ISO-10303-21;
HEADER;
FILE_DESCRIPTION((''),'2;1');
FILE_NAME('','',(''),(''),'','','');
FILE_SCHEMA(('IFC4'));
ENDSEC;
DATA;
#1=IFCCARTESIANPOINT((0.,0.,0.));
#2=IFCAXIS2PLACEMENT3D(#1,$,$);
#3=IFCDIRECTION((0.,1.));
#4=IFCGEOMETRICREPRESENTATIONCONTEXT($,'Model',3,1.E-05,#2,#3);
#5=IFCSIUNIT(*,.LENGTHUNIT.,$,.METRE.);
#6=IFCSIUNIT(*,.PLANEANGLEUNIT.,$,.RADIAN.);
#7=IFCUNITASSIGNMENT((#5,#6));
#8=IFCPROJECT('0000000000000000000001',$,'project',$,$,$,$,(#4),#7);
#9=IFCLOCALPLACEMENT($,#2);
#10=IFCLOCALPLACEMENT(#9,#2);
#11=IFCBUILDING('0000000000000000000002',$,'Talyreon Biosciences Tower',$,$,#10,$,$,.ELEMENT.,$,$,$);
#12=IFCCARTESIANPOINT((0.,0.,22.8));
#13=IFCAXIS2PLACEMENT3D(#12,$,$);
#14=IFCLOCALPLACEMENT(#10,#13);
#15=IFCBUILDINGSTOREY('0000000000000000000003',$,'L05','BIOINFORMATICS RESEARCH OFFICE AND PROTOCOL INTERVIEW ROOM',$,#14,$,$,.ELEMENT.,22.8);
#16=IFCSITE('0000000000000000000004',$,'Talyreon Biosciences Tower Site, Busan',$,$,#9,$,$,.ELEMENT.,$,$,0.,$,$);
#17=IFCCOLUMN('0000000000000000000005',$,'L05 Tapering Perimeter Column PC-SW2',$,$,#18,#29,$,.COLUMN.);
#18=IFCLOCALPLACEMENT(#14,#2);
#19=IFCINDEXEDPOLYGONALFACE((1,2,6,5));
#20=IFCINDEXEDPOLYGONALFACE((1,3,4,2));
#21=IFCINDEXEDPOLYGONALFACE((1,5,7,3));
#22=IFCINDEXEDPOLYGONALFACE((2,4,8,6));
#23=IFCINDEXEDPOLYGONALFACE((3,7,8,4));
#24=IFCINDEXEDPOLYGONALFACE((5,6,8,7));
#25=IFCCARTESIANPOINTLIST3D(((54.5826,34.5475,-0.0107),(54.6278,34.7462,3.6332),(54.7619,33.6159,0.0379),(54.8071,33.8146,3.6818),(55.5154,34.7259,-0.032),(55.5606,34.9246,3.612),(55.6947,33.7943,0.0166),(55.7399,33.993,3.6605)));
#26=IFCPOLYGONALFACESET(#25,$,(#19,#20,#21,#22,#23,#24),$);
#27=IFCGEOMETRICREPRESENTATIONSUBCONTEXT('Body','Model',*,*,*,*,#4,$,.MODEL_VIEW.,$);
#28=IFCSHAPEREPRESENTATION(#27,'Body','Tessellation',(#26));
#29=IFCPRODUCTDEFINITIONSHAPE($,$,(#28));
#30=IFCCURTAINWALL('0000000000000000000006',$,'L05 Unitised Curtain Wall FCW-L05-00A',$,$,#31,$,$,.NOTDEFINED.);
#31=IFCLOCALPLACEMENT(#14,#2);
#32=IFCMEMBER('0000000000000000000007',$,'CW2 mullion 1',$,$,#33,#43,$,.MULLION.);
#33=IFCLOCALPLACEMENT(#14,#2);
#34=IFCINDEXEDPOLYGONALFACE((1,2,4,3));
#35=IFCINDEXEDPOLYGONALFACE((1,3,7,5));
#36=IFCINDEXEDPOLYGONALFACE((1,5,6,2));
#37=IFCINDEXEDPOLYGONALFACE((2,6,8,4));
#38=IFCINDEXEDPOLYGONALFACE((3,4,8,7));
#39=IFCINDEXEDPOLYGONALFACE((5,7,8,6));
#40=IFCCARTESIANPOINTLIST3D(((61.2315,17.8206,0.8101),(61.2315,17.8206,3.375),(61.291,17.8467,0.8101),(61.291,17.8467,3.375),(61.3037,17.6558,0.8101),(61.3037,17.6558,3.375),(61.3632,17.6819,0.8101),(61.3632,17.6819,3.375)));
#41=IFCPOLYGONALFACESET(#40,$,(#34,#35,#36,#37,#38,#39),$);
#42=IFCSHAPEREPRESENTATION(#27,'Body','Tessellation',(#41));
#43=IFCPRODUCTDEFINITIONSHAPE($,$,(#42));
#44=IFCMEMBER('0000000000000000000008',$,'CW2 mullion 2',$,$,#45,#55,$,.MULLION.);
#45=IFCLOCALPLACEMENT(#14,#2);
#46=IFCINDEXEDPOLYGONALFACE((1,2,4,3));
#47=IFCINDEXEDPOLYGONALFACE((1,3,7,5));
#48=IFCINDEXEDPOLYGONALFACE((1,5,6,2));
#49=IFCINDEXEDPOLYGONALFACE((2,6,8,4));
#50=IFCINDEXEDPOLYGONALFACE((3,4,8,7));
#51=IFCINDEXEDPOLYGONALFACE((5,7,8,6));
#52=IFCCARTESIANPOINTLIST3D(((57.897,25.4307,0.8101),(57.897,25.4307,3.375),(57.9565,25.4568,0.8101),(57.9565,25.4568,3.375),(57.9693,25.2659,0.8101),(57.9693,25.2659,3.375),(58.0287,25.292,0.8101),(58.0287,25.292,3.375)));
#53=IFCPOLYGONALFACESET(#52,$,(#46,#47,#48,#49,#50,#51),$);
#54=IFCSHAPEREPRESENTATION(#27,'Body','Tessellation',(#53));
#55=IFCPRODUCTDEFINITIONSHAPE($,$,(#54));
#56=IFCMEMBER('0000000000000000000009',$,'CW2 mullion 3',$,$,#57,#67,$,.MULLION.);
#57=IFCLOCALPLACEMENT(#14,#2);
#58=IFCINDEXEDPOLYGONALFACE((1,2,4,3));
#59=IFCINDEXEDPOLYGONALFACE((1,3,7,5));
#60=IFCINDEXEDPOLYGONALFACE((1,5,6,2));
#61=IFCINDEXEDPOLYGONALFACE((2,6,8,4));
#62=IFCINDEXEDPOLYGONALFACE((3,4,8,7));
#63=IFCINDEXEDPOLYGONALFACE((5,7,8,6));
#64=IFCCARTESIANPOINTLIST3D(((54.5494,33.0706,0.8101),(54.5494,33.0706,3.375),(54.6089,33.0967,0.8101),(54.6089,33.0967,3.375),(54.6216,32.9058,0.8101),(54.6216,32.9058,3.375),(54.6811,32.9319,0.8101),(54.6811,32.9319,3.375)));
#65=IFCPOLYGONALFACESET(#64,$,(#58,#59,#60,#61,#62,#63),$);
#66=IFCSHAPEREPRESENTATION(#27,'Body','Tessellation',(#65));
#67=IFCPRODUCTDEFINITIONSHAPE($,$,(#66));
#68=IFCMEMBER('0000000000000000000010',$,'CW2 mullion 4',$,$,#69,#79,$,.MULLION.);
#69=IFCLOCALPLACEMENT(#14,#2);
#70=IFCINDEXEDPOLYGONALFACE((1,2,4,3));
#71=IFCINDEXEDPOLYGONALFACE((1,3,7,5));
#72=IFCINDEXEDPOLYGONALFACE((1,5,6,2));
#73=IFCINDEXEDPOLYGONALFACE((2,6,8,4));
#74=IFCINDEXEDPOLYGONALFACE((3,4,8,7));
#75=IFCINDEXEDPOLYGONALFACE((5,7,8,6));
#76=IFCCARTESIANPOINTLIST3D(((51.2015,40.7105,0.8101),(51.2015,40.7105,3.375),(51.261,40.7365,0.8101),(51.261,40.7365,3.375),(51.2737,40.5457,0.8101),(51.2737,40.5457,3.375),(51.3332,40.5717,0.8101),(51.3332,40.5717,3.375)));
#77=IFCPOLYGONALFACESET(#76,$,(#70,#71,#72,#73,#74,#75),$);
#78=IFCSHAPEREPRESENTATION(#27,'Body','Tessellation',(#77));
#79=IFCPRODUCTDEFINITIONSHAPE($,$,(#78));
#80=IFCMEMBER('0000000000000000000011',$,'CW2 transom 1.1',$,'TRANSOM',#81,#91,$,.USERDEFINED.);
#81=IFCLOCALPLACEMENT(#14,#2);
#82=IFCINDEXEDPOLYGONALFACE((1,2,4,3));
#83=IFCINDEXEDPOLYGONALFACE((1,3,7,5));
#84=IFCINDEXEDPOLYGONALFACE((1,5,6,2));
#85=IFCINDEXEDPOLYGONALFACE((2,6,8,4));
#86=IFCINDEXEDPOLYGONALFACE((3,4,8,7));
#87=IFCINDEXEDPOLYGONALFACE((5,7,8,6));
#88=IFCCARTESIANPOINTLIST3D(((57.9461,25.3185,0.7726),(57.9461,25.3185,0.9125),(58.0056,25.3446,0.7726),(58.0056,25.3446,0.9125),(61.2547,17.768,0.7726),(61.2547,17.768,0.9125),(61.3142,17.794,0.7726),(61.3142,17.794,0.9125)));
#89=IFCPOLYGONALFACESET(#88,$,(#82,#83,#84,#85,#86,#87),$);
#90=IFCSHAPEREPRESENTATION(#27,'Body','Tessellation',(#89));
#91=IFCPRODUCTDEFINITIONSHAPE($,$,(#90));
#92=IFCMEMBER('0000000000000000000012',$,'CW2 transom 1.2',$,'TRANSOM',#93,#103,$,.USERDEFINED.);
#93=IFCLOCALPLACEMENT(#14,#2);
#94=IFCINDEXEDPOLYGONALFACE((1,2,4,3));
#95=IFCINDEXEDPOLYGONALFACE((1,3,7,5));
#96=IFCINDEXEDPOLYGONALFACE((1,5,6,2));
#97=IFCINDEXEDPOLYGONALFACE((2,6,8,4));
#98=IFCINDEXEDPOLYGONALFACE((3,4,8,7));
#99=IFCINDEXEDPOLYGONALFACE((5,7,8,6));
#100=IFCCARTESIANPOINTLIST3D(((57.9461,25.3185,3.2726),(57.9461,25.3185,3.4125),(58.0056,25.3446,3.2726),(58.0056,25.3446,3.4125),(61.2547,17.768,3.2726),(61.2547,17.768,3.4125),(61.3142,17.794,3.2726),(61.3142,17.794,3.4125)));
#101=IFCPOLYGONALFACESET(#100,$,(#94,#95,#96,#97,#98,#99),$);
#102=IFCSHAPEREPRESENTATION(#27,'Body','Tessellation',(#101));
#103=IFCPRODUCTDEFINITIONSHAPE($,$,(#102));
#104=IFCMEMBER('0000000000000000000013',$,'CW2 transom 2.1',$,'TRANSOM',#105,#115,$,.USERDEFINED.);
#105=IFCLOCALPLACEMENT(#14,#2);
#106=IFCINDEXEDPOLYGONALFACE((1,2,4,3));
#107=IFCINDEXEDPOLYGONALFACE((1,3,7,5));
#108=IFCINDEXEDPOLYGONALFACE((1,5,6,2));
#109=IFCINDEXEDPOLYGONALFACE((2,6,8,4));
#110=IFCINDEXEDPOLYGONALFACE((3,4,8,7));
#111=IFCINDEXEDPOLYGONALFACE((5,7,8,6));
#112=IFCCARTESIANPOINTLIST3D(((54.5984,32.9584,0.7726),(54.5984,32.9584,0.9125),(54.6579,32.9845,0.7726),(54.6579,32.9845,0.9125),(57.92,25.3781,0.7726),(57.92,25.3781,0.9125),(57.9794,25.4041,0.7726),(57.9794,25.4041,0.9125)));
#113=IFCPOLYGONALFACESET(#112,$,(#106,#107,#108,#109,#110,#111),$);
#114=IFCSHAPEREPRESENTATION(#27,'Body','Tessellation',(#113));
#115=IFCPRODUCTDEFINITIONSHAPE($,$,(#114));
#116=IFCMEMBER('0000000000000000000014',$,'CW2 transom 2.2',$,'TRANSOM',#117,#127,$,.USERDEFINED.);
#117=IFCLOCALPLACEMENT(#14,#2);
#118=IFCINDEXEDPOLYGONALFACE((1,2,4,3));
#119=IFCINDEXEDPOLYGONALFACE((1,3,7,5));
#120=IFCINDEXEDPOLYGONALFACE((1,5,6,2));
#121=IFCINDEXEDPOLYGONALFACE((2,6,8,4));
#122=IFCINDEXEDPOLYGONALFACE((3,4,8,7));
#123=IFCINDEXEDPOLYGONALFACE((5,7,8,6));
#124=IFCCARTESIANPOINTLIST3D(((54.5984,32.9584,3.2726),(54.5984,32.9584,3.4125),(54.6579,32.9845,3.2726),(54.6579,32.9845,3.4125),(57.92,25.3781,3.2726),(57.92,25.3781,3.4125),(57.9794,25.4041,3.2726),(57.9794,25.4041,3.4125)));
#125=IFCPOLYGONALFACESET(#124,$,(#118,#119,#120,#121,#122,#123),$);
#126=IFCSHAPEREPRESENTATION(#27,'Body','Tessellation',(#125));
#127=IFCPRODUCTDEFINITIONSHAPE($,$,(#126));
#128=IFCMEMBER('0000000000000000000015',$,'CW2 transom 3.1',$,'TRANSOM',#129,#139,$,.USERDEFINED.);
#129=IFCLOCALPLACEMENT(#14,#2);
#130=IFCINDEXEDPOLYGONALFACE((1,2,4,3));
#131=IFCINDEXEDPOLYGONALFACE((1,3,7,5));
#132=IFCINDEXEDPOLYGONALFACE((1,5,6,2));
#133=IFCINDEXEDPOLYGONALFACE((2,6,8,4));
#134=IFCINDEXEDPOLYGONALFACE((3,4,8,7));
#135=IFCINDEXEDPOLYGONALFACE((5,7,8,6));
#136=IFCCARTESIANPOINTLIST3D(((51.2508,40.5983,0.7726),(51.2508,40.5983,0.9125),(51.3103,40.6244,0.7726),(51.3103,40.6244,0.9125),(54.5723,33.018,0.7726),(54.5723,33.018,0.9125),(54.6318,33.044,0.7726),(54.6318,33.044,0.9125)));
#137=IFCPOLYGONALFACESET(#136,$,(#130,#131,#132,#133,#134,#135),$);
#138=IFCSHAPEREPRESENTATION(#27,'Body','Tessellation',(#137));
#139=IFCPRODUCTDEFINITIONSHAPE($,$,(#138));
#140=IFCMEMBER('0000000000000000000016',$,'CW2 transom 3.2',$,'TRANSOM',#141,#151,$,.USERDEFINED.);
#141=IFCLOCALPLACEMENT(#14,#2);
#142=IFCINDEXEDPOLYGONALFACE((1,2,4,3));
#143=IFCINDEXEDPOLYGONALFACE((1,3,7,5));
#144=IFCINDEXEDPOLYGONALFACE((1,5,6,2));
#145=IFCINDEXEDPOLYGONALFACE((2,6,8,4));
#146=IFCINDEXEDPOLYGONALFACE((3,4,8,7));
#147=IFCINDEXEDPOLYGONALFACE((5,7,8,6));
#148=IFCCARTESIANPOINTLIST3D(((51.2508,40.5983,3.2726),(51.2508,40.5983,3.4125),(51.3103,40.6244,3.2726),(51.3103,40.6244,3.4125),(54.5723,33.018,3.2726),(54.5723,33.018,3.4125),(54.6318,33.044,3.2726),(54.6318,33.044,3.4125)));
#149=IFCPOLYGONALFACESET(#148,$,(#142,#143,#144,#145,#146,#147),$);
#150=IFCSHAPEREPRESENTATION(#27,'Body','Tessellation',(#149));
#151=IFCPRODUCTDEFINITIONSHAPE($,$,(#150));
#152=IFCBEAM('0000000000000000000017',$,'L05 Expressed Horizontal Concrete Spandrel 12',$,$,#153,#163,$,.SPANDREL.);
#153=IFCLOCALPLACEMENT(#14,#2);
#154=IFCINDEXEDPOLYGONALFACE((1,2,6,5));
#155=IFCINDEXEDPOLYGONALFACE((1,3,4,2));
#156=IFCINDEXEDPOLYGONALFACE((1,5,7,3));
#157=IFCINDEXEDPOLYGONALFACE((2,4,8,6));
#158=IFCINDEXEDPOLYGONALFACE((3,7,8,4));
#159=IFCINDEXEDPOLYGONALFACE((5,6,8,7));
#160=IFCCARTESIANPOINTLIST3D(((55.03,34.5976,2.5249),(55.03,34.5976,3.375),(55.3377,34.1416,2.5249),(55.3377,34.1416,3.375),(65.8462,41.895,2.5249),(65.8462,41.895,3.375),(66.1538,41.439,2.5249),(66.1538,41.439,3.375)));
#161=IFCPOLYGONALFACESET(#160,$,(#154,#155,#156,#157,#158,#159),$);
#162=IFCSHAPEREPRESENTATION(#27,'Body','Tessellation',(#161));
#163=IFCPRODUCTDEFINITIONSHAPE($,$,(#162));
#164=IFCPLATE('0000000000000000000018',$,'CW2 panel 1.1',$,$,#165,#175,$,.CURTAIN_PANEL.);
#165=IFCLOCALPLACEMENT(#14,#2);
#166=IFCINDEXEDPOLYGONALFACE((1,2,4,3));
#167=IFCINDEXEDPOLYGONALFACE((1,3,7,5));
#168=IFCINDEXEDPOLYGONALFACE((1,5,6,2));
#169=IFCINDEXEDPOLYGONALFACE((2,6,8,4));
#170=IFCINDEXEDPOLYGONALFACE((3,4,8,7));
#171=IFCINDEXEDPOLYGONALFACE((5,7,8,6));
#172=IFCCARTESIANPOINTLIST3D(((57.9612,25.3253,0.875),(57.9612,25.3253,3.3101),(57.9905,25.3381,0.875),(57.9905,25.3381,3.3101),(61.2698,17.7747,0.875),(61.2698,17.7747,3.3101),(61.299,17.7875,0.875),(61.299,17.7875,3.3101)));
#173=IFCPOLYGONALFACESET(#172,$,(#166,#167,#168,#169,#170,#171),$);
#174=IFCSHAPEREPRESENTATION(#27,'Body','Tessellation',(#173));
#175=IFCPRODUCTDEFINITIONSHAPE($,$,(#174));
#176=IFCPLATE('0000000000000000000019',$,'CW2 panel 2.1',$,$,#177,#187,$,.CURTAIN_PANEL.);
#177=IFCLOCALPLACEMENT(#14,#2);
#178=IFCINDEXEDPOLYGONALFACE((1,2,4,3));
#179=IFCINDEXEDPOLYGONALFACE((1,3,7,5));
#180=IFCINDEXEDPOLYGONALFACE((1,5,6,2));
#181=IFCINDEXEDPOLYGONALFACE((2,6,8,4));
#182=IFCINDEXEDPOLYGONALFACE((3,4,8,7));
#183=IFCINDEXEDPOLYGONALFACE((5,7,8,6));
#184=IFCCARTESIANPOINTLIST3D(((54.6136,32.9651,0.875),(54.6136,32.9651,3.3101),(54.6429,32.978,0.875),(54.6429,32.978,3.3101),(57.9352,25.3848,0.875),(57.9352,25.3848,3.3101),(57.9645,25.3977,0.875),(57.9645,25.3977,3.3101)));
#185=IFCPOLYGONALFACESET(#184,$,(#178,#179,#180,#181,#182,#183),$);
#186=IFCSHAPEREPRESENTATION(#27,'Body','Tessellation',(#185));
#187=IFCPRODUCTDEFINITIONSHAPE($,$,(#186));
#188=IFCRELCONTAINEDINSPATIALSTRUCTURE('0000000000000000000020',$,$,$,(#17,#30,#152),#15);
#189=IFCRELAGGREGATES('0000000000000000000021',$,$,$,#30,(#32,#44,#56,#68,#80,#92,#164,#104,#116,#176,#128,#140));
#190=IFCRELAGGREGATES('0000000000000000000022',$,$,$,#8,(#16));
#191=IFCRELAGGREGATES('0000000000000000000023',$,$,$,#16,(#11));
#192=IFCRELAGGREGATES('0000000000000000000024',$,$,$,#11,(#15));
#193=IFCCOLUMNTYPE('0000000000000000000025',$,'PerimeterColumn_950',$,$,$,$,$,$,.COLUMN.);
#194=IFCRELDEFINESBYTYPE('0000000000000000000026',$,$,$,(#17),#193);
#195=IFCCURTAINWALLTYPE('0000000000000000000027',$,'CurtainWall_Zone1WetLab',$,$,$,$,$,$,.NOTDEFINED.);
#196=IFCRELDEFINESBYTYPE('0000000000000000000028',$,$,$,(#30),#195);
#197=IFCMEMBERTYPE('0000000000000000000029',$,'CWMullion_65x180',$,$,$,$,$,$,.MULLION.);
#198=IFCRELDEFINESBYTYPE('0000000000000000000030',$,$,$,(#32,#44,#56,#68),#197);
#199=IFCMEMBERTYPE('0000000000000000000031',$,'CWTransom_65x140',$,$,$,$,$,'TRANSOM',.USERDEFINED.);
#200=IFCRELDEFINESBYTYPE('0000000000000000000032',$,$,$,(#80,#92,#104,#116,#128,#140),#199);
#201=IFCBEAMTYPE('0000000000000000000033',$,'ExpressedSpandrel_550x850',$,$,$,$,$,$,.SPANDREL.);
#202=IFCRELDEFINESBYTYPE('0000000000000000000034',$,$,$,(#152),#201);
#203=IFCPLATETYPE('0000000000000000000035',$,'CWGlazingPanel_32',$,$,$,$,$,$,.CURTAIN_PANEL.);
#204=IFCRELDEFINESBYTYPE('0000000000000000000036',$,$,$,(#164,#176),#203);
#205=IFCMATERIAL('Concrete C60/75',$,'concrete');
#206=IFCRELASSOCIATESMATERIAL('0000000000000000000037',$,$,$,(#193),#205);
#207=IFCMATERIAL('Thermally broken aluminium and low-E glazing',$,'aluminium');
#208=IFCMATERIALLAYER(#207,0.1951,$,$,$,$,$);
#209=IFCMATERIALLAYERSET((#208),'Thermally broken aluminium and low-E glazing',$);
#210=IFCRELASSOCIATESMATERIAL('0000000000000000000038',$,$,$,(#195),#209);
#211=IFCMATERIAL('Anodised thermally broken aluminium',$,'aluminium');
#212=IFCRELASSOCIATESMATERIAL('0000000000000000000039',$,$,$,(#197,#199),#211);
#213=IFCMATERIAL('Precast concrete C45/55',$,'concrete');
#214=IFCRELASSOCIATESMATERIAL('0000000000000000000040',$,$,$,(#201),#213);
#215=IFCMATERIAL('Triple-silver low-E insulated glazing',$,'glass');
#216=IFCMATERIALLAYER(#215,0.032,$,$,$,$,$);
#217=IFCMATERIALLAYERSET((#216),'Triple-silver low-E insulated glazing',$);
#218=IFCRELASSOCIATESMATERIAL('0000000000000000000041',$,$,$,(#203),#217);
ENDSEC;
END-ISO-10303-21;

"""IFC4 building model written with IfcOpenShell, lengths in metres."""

from ifc_helpers import new_model, si_unit, direction, frame, origin, origin_2d, place, context, subcontext, project, spatial, rectangle, extrude, material, layer, layer_set, material_profile, profile_set, type_object, element, aggregate, save


model = new_model("IFC4")

# Units and contexts
model_context = context("Model", 3, precision=1e-05, world=origin(), true_north=direction((0.0, 1.0)))
body_context = subcontext(model_context, "Body", "Model", "MODEL_VIEW")
ifc_project = project(units=[si_unit("LENGTHUNIT", "METRE"), si_unit("PLANEANGLEUNIT", "RADIAN")], contexts=[model_context])

# Site, building, storey
site_placement = place(None, origin())
site = spatial("IfcSite", under=ifc_project, at=site_placement, Name="Talyreon Biosciences Tower Site, Busan", CompositionType="ELEMENT", RefElevation=0.0)
building_placement = place(site_placement, origin())
building = spatial("IfcBuilding", under=site, at=building_placement, Name="Talyreon Biosciences Tower", CompositionType="ELEMENT")
storey_placement = place(building_placement, frame((0.0, 0.0, 22.8)))
storey = spatial("IfcBuildingStorey", under=building, at=storey_placement, Name="L05", Description="BIOINFORMATICS RESEARCH OFFICE AND PROTOCOL INTERVIEW ROOM", CompositionType="ELEMENT", Elevation=22.8)

# Column
ifc_material_1 = material(Name="Concrete C60/75", Category="concrete")
ifc_material_profile_1 = material_profile(ifc_material_1, rectangle(XDim=0.95, YDim=0.95, at=origin_2d()), Name="RC 950x950")
ifc_profile_set_1 = profile_set([ifc_material_profile_1], Name="Concrete C60/75")
column_type = type_object("IfcColumnType", Name="PerimeterColumn_950", PredefinedType="COLUMN", material=ifc_profile_set_1)
column_placement = place(storey_placement, frame((55.1387, 34.1709, 0.0029), z_axis=(0.012375, 0.054451, 0.99844), x_axis=(-0.188739, 0.980695, -0.051144)))
element("IfcColumn", 1, at=column_placement, inside=storey, type_object=column_type, Name="L05 Tapering Perimeter Column PC-SW2", PredefinedType="COLUMN", context=body_context, shape_type="SweptSolid", body=[
    extrude(rectangle(XDim=0.95, YDim=0.95, at=origin_2d()), origin(), (0.0, 0.0, 1.0), 3.6497),
])

# Curtain wall, members
ifc_material_2 = material(Name="Thermally broken aluminium and low-E glazing", Category="aluminium")
ifc_layer_1 = layer(ifc_material_2, 0.1951)
ifc_layer_set_1 = layer_set([ifc_layer_1], Name="Thermally broken aluminium and low-E glazing")
curtain_wall_type = type_object("IfcCurtainWallType", Name="CurtainWall_Zone1WetLab", PredefinedType="NOTDEFINED", material=ifc_layer_set_1)
curtain_wall_placement = place(storey_placement, origin())
curtain_wall = element("IfcCurtainWall", 2, at=curtain_wall_placement, inside=storey, type_object=curtain_wall_type, Name="L05 Unitised Curtain Wall FCW-L05-00A", PredefinedType="NOTDEFINED")
ifc_material_3 = material(Name="Anodised thermally broken aluminium", Category="aluminium")
ifc_material_profile_2 = material_profile(ifc_material_3, rectangle(XDim=0.0649, YDim=0.1799, at=origin_2d()), Name="ALUM MULLION 65x180")
ifc_profile_set_2 = profile_set([ifc_material_profile_2], Name="Anodised thermally broken aluminium")
member_type_1 = type_object("IfcMemberType", Name="CWMullion_65x180", PredefinedType="MULLION", material=ifc_profile_set_2)
member_1_placement = place(storey_placement, frame((61.2974, 17.7512, 0.8101), z_axis=(0.0, 0.0, 1.0), x_axis=(-0.915927, -0.401345, 0.0)))
member_1 = element("IfcMember", 3, at=member_1_placement, type_object=member_type_1, Name="CW2 mullion 1", PredefinedType="MULLION", context=body_context, shape_type="SweptSolid", body=[
    extrude(rectangle(XDim=0.0649, YDim=0.1799, at=origin_2d()), origin(), (0.0, 0.0, 1.0), 2.5649),
])
member_2_placement = place(storey_placement, frame((57.9629, 25.3613, 0.8101), z_axis=(0.0, 0.0, 1.0), x_axis=(-0.915927, -0.401345, 0.0)))
member_2 = element("IfcMember", 4, at=member_2_placement, type_object=member_type_1, Name="CW2 mullion 2", PredefinedType="MULLION", context=body_context, shape_type="SweptSolid", body=[
    extrude(rectangle(XDim=0.0649, YDim=0.1799, at=origin_2d()), origin(), (0.0, 0.0, 1.0), 2.5649),
])
member_3_placement = place(storey_placement, frame((54.6152, 33.0012, 0.8101), z_axis=(0.0, 0.0, 1.0), x_axis=(-0.915927, -0.401345, 0.0)))
member_3 = element("IfcMember", 5, at=member_3_placement, type_object=member_type_1, Name="CW2 mullion 3", PredefinedType="MULLION", context=body_context, shape_type="SweptSolid", body=[
    extrude(rectangle(XDim=0.0649, YDim=0.1799, at=origin_2d()), origin(), (0.0, 0.0, 1.0), 2.5649),
])
member_4_placement = place(storey_placement, frame((51.2673, 40.6411, 0.8101), z_axis=(0.0, 0.0, 1.0), x_axis=(-0.915927, -0.401345, 0.0)))
member_4 = element("IfcMember", 6, at=member_4_placement, type_object=member_type_1, Name="CW2 mullion 4", PredefinedType="MULLION", context=body_context, shape_type="SweptSolid", body=[
    extrude(rectangle(XDim=0.0649, YDim=0.1799, at=origin_2d()), origin(), (0.0, 0.0, 1.0), 2.5649),
])
ifc_material_profile_3 = material_profile(ifc_material_3, rectangle(XDim=0.0649, YDim=0.1399, at=origin_2d()), Name="ALUM TRANSOM 65x140")
ifc_profile_set_3 = profile_set([ifc_material_profile_3], Name="Anodised thermally broken aluminium")
member_type_2 = type_object("IfcMemberType", Name="CWTransom_65x140", ElementType="TRANSOM", PredefinedType="USERDEFINED", material=ifc_profile_set_3)
member_5_placement = place(storey_placement, frame((61.2844, 17.781, 0.8425), z_axis=(-0.401352, 0.915924, 0.0), x_axis=(-0.915924, -0.401352, 0.0)))
member_5 = element("IfcMember", 7, at=member_5_placement, type_object=member_type_2, Name="CW2 transom 1.1", ObjectType="TRANSOM", PredefinedType="USERDEFINED", context=body_context, shape_type="SweptSolid", body=[
    extrude(rectangle(XDim=0.0649, YDim=0.1399, at=origin_2d()), origin(), (0.0, 0.0, 1.0), 8.2437),
])
member_6_placement = place(storey_placement, frame((61.2844, 17.781, 3.3425), z_axis=(-0.401352, 0.915924, 0.0), x_axis=(-0.915924, -0.401352, 0.0)))
member_6 = element("IfcMember", 8, at=member_6_placement, type_object=member_type_2, Name="CW2 transom 1.2", ObjectType="TRANSOM", PredefinedType="USERDEFINED", context=body_context, shape_type="SweptSolid", body=[
    extrude(rectangle(XDim=0.0649, YDim=0.1399, at=origin_2d()), origin(), (0.0, 0.0, 1.0), 8.2437),
])
member_7_placement = place(storey_placement, frame((57.9497, 25.3911, 0.8425), z_axis=(-0.40134, 0.915929, 0.0), x_axis=(-0.915929, -0.40134, 0.0)))
member_7 = element("IfcMember", 9, at=member_7_placement, type_object=member_type_2, Name="CW2 transom 2.1", ObjectType="TRANSOM", PredefinedType="USERDEFINED", context=body_context, shape_type="SweptSolid", body=[
    extrude(rectangle(XDim=0.0649, YDim=0.1399, at=origin_2d()), origin(), (0.0, 0.0, 1.0), 8.2761),
])
member_8_placement = place(storey_placement, frame((57.9497, 25.3911, 3.3425), z_axis=(-0.40134, 0.915929, 0.0), x_axis=(-0.915929, -0.40134, 0.0)))
member_8 = element("IfcMember", 10, at=member_8_placement, type_object=member_type_2, Name="CW2 transom 2.2", ObjectType="TRANSOM", PredefinedType="USERDEFINED", context=body_context, shape_type="SweptSolid", body=[
    extrude(rectangle(XDim=0.0649, YDim=0.1399, at=origin_2d()), origin(), (0.0, 0.0, 1.0), 8.2761),
])
member_9_placement = place(storey_placement, frame((54.6021, 33.031, 0.8425), z_axis=(-0.40134, 0.915929, 0.0), x_axis=(-0.915929, -0.40134, 0.0)))
member_9 = element("IfcMember", 11, at=member_9_placement, type_object=member_type_2, Name="CW2 transom 3.1", ObjectType="TRANSOM", PredefinedType="USERDEFINED", context=body_context, shape_type="SweptSolid", body=[
    extrude(rectangle(XDim=0.0649, YDim=0.1399, at=origin_2d()), origin(), (0.0, 0.0, 1.0), 8.2761),
])
member_10_placement = place(storey_placement, frame((54.6021, 33.031, 3.3425), z_axis=(-0.40134, 0.915929, 0.0), x_axis=(-0.915929, -0.40134, 0.0)))
member_10 = element("IfcMember", 12, at=member_10_placement, type_object=member_type_2, Name="CW2 transom 3.2", ObjectType="TRANSOM", PredefinedType="USERDEFINED", context=body_context, shape_type="SweptSolid", body=[
    extrude(rectangle(XDim=0.0649, YDim=0.1399, at=origin_2d()), origin(), (0.0, 0.0, 1.0), 8.2761),
])

# Beam
ifc_material_4 = material(Name="Precast concrete C45/55", Category="concrete")
ifc_material_profile_4 = material_profile(ifc_material_4, rectangle(XDim=0.55, YDim=0.8501, at=origin_2d()), Name="RCB 550x850")
ifc_profile_set_4 = profile_set([ifc_material_profile_4], Name="Precast concrete C45/55")
beam_type = type_object("IfcBeamType", Name="ExpressedSpandrel_550x850", PredefinedType="SPANDREL", material=ifc_profile_set_4)
beam_placement = place(storey_placement, frame((55.1838, 34.3696, 2.95), z_axis=(0.828975, 0.559286, 0.0), x_axis=(-0.559286, 0.828975, 0.0)))
element("IfcBeam", 13, at=beam_placement, inside=storey, type_object=beam_type, Name="L05 Expressed Horizontal Concrete Spandrel 12", PredefinedType="SPANDREL", context=body_context, shape_type="SweptSolid", body=[
    extrude(rectangle(XDim=0.55, YDim=0.8501, at=origin_2d()), origin(), (0.0, 0.0, 1.0), 13.0476),
])

# Plates
ifc_material_5 = material(Name="Triple-silver low-E insulated glazing", Category="glass")
ifc_layer_2 = layer(ifc_material_5, 0.032)
ifc_layer_set_2 = layer_set([ifc_layer_2], Name="Triple-silver low-E insulated glazing")
plate_type = type_object("IfcPlateType", Name="CWGlazingPanel_32", PredefinedType="CURTAIN_PANEL", material=ifc_layer_set_2)
plate_1_placement = place(storey_placement, frame((59.6301, 21.5564, 0.875), z_axis=(0.0, 0.0, 1.0), x_axis=(-0.401345, 0.915927, 0.0)))
plate_1 = element("IfcPlate", 14, at=plate_1_placement, type_object=plate_type, Name="CW2 panel 1.1", PredefinedType="CURTAIN_PANEL", context=body_context, shape_type="SweptSolid", body=[
    extrude(rectangle(XDim=8.2437, YDim=0.032, at=origin_2d()), origin(), (0.0, 0.0, 1.0), 2.4351),
])
plate_2_placement = place(storey_placement, frame((56.2891, 29.1814, 0.875), z_axis=(0.0, 0.0, 1.0), x_axis=(-0.401345, 0.915927, 0.0)))
plate_2 = element("IfcPlate", 15, at=plate_2_placement, type_object=plate_type, Name="CW2 panel 2.1", PredefinedType="CURTAIN_PANEL", context=body_context, shape_type="SweptSolid", body=[
    extrude(rectangle(XDim=8.2761, YDim=0.032, at=origin_2d()), origin(), (0.0, 0.0, 1.0), 2.4351),
])
aggregate(curtain_wall, [member_1, member_2, member_3, member_4, member_5, member_6, plate_1, member_7, member_8, plate_2, member_9, member_10])

save(model, "model.ifc")
